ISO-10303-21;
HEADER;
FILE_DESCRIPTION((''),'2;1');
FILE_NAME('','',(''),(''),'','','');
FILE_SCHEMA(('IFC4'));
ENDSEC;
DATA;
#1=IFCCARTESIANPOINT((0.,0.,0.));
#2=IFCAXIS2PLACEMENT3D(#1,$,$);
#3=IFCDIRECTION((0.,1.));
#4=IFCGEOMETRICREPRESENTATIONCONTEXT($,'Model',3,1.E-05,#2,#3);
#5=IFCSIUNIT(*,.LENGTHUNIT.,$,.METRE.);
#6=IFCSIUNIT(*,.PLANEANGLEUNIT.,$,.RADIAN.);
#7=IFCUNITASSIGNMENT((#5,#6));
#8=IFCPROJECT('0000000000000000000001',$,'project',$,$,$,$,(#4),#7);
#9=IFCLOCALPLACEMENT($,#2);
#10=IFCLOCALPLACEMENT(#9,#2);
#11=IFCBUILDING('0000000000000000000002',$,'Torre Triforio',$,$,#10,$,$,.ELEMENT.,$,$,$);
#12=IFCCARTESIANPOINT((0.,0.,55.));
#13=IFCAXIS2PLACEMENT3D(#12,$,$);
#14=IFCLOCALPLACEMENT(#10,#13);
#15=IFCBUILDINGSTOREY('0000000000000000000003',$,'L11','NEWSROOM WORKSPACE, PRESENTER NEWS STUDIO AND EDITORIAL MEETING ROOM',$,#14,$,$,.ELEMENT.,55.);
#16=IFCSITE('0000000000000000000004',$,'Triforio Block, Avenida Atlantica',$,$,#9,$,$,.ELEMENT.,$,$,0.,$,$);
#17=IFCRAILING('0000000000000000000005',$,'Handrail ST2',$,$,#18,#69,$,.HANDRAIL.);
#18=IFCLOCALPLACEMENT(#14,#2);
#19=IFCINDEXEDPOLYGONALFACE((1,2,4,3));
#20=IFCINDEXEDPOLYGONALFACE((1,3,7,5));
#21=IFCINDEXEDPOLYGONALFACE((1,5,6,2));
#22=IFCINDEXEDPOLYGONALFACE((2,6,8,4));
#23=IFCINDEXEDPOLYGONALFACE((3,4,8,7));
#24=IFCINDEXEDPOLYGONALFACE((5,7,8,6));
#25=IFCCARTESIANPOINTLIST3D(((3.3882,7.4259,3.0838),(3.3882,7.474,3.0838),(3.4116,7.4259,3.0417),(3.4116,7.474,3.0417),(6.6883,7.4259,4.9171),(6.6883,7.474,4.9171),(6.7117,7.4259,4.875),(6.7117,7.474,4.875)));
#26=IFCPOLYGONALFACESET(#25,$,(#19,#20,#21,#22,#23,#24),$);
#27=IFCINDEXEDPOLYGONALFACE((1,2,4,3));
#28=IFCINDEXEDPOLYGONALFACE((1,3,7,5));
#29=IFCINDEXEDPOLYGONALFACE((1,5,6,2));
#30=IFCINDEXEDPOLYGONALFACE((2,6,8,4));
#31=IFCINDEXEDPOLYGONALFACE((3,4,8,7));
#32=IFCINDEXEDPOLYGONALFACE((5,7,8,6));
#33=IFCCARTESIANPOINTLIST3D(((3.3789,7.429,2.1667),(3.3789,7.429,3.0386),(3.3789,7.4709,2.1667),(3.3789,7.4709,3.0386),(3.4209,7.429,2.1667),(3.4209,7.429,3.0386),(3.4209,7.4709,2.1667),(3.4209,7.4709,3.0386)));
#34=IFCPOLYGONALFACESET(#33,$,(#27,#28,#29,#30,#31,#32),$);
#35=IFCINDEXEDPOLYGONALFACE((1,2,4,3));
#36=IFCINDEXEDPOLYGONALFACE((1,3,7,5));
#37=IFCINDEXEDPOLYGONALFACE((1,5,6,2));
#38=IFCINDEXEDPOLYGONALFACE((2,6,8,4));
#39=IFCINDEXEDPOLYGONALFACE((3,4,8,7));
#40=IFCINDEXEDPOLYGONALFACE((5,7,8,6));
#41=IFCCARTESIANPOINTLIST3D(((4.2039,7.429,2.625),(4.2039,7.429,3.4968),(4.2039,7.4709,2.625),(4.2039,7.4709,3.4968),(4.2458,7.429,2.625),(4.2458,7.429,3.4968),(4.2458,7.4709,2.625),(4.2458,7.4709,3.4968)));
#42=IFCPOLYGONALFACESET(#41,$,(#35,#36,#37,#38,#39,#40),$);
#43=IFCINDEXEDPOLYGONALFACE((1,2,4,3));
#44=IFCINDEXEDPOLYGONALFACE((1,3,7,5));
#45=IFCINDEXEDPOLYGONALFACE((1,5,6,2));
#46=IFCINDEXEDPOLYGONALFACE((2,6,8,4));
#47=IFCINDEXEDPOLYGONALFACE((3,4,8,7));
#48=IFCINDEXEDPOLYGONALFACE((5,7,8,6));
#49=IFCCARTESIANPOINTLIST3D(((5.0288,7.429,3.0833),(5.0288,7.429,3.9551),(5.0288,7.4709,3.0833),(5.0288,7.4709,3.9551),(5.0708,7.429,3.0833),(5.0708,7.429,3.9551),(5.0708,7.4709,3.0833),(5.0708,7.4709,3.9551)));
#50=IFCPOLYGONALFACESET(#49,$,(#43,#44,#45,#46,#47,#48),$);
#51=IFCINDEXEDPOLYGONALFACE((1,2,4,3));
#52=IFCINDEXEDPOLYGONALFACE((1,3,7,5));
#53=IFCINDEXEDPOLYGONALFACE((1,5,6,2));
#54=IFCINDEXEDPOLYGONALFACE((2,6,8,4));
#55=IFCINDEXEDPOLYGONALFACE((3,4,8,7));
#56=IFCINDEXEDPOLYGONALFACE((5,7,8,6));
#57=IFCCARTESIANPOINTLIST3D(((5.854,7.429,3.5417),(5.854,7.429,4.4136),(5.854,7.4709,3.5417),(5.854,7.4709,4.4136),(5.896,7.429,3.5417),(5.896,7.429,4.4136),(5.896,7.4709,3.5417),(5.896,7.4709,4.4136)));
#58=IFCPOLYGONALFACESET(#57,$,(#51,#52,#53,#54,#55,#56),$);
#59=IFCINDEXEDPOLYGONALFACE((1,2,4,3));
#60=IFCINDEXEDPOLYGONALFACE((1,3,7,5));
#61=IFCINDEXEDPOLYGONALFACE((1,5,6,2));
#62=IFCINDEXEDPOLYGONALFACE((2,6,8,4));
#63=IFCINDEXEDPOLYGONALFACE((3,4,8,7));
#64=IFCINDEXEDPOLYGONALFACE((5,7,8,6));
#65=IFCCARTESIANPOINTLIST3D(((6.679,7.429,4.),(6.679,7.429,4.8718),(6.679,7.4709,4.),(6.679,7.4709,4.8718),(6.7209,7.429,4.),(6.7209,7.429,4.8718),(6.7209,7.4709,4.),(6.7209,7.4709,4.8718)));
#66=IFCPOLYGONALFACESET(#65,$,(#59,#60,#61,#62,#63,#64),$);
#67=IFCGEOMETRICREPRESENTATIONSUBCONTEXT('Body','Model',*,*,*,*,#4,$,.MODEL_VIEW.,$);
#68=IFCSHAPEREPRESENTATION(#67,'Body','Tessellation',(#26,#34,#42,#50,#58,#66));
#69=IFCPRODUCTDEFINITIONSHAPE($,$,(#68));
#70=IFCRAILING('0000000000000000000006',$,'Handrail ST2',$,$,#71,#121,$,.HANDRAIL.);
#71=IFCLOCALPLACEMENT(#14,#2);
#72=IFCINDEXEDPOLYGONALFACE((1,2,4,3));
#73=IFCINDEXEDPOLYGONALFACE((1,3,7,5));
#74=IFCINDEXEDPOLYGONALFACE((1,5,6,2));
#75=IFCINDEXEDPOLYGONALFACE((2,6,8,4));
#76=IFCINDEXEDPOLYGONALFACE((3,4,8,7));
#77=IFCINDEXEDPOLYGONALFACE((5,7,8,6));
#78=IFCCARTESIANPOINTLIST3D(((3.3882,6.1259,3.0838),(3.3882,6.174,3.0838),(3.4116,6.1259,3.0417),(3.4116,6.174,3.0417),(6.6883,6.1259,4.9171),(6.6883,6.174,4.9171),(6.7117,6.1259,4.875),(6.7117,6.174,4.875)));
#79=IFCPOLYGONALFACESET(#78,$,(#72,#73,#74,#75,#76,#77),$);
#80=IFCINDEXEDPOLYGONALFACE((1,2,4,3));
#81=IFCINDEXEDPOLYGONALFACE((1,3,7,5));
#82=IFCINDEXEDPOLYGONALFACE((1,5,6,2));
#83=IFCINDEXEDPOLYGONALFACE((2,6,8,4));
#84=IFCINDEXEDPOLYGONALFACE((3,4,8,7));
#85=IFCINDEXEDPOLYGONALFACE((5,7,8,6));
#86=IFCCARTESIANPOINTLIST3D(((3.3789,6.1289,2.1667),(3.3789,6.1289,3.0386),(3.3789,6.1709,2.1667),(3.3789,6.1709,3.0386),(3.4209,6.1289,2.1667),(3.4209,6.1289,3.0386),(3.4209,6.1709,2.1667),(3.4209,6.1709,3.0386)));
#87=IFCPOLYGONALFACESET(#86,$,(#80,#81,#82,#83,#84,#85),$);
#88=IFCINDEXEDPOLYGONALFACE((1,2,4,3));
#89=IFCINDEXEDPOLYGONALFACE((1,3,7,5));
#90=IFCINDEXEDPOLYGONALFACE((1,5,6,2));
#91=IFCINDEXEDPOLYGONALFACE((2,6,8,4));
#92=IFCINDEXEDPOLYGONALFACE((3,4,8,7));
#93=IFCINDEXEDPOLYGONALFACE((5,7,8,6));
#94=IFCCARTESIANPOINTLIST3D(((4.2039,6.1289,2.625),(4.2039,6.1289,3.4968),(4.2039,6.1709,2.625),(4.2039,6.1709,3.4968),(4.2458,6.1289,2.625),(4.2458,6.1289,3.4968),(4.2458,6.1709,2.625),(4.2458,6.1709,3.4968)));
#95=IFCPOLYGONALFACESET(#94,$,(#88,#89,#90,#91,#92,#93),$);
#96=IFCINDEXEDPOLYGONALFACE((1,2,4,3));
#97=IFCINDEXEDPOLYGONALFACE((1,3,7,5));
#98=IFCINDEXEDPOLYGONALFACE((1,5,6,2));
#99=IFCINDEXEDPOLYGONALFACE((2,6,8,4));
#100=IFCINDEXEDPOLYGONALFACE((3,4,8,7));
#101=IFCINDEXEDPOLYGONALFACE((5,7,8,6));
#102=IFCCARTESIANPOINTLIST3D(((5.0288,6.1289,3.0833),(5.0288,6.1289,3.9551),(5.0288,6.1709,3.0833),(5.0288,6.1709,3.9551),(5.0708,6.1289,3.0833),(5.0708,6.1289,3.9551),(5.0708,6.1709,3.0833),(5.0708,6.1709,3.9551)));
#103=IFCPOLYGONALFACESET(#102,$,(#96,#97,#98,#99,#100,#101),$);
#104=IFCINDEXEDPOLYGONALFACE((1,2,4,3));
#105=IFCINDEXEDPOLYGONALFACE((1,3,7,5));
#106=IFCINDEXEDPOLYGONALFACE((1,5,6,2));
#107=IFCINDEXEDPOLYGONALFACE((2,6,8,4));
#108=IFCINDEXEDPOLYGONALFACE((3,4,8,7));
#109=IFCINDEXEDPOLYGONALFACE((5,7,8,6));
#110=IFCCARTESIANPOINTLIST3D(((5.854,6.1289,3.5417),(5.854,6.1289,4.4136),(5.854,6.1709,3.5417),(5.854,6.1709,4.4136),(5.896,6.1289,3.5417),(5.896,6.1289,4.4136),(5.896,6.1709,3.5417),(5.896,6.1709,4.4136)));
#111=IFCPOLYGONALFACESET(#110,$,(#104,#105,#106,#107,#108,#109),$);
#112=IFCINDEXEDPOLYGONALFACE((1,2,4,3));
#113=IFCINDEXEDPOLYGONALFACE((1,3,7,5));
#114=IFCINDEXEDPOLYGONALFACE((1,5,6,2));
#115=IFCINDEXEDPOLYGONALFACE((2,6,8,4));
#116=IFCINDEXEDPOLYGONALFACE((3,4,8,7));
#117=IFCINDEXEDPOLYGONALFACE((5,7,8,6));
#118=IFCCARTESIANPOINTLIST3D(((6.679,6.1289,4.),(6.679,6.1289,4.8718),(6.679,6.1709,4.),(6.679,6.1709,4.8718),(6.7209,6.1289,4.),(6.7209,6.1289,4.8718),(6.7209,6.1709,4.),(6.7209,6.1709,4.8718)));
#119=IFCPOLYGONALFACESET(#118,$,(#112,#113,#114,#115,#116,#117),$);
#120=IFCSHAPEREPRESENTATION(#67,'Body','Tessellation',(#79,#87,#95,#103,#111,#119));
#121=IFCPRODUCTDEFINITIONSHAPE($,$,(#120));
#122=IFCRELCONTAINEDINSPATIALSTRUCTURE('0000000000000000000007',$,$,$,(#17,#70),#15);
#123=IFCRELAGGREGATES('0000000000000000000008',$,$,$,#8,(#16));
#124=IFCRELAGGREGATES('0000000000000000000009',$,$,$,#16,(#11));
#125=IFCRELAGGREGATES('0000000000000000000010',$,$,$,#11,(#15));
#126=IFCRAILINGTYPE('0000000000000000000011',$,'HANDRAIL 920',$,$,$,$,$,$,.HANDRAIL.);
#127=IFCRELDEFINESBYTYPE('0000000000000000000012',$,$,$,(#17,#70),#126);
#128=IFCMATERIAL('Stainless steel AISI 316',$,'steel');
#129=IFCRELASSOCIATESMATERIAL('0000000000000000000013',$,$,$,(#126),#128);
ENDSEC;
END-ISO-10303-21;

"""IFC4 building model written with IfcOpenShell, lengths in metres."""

from ifc_helpers import new_model, si_unit, direction, frame, origin, origin_2d, place, context, subcontext, project, spatial, rectangle, extrude, material, type_object, element, save


model = new_model("IFC4")

# Units and contexts
model_context = context("Model", 3, precision=1e-05, world=origin(), true_north=direction((0.0, 1.0)))
body_context = subcontext(model_context, "Body", "Model", "MODEL_VIEW")
ifc_project = project(units=[si_unit("LENGTHUNIT", "METRE"), si_unit("PLANEANGLEUNIT", "RADIAN")], contexts=[model_context])

# Site, building, storey
site_placement = place(None, origin())
site = spatial("IfcSite", under=ifc_project, at=site_placement, Name="Triforio Block, Avenida Atlantica", CompositionType="ELEMENT", RefElevation=0.0)
building_placement = place(site_placement, origin())
building = spatial("IfcBuilding", under=site, at=building_placement, Name="Torre Triforio", CompositionType="ELEMENT")
storey_placement = place(building_placement, frame((0.0, 0.0, 55.0)))
storey = spatial("IfcBuildingStorey", under=building, at=storey_placement, Name="L11", Description="NEWSROOM WORKSPACE, PRESENTER NEWS STUDIO AND EDITORIAL MEETING ROOM", CompositionType="ELEMENT", Elevation=55.0)

# Railings
ifc_material_1 = material(Name="Stainless steel AISI 316", Category="steel")
railing_type = type_object("IfcRailingType", Name="HANDRAIL 920", PredefinedType="HANDRAIL", material=ifc_material_1)
for number, where, name in (
    (1, (3.3999, 7.45, 2.1667), "Handrail ST2"),
    (2, (3.3999, 6.1499, 2.1667), "Handrail ST2"),
):
    element("IfcRailing", number, at=place(storey_placement, frame(where)), inside=storey, type_object=railing_type, Name=name, PredefinedType="HANDRAIL", context=body_context, shape_type="SweptSolid", body=[
        extrude(rectangle(XDim=0.0481, YDim=0.0481, at=origin_2d()), frame((0.0, 0.0, 0.896), z_axis=(0.874169, 0.0, 0.485621), x_axis=(0.0, 1.0, 0.0)), (0.0, 0.0, 1.0), 3.7751),
        extrude(rectangle(XDim=0.042, YDim=0.042, at=origin_2d()), origin(), (0.0, 0.0, 1.0), 0.8718),
        extrude(rectangle(XDim=0.042, YDim=0.042, at=origin_2d()), frame((0.825, 0.0, 0.4583)), (0.0, 0.0, 1.0), 0.8718),
        extrude(rectangle(XDim=0.042, YDim=0.042, at=origin_2d()), frame((1.6499, 0.0, 0.9165)), (0.0, 0.0, 1.0), 0.8718),
        extrude(rectangle(XDim=0.042, YDim=0.042, at=origin_2d()), frame((2.4751, 0.0, 1.375)), (0.0, 0.0, 1.0), 0.8718),
        extrude(rectangle(XDim=0.042, YDim=0.042, at=origin_2d()), frame((3.3, 0.0, 1.8333)), (0.0, 0.0, 1.0), 0.8718),
    ])

save(model, "model.ifc")
